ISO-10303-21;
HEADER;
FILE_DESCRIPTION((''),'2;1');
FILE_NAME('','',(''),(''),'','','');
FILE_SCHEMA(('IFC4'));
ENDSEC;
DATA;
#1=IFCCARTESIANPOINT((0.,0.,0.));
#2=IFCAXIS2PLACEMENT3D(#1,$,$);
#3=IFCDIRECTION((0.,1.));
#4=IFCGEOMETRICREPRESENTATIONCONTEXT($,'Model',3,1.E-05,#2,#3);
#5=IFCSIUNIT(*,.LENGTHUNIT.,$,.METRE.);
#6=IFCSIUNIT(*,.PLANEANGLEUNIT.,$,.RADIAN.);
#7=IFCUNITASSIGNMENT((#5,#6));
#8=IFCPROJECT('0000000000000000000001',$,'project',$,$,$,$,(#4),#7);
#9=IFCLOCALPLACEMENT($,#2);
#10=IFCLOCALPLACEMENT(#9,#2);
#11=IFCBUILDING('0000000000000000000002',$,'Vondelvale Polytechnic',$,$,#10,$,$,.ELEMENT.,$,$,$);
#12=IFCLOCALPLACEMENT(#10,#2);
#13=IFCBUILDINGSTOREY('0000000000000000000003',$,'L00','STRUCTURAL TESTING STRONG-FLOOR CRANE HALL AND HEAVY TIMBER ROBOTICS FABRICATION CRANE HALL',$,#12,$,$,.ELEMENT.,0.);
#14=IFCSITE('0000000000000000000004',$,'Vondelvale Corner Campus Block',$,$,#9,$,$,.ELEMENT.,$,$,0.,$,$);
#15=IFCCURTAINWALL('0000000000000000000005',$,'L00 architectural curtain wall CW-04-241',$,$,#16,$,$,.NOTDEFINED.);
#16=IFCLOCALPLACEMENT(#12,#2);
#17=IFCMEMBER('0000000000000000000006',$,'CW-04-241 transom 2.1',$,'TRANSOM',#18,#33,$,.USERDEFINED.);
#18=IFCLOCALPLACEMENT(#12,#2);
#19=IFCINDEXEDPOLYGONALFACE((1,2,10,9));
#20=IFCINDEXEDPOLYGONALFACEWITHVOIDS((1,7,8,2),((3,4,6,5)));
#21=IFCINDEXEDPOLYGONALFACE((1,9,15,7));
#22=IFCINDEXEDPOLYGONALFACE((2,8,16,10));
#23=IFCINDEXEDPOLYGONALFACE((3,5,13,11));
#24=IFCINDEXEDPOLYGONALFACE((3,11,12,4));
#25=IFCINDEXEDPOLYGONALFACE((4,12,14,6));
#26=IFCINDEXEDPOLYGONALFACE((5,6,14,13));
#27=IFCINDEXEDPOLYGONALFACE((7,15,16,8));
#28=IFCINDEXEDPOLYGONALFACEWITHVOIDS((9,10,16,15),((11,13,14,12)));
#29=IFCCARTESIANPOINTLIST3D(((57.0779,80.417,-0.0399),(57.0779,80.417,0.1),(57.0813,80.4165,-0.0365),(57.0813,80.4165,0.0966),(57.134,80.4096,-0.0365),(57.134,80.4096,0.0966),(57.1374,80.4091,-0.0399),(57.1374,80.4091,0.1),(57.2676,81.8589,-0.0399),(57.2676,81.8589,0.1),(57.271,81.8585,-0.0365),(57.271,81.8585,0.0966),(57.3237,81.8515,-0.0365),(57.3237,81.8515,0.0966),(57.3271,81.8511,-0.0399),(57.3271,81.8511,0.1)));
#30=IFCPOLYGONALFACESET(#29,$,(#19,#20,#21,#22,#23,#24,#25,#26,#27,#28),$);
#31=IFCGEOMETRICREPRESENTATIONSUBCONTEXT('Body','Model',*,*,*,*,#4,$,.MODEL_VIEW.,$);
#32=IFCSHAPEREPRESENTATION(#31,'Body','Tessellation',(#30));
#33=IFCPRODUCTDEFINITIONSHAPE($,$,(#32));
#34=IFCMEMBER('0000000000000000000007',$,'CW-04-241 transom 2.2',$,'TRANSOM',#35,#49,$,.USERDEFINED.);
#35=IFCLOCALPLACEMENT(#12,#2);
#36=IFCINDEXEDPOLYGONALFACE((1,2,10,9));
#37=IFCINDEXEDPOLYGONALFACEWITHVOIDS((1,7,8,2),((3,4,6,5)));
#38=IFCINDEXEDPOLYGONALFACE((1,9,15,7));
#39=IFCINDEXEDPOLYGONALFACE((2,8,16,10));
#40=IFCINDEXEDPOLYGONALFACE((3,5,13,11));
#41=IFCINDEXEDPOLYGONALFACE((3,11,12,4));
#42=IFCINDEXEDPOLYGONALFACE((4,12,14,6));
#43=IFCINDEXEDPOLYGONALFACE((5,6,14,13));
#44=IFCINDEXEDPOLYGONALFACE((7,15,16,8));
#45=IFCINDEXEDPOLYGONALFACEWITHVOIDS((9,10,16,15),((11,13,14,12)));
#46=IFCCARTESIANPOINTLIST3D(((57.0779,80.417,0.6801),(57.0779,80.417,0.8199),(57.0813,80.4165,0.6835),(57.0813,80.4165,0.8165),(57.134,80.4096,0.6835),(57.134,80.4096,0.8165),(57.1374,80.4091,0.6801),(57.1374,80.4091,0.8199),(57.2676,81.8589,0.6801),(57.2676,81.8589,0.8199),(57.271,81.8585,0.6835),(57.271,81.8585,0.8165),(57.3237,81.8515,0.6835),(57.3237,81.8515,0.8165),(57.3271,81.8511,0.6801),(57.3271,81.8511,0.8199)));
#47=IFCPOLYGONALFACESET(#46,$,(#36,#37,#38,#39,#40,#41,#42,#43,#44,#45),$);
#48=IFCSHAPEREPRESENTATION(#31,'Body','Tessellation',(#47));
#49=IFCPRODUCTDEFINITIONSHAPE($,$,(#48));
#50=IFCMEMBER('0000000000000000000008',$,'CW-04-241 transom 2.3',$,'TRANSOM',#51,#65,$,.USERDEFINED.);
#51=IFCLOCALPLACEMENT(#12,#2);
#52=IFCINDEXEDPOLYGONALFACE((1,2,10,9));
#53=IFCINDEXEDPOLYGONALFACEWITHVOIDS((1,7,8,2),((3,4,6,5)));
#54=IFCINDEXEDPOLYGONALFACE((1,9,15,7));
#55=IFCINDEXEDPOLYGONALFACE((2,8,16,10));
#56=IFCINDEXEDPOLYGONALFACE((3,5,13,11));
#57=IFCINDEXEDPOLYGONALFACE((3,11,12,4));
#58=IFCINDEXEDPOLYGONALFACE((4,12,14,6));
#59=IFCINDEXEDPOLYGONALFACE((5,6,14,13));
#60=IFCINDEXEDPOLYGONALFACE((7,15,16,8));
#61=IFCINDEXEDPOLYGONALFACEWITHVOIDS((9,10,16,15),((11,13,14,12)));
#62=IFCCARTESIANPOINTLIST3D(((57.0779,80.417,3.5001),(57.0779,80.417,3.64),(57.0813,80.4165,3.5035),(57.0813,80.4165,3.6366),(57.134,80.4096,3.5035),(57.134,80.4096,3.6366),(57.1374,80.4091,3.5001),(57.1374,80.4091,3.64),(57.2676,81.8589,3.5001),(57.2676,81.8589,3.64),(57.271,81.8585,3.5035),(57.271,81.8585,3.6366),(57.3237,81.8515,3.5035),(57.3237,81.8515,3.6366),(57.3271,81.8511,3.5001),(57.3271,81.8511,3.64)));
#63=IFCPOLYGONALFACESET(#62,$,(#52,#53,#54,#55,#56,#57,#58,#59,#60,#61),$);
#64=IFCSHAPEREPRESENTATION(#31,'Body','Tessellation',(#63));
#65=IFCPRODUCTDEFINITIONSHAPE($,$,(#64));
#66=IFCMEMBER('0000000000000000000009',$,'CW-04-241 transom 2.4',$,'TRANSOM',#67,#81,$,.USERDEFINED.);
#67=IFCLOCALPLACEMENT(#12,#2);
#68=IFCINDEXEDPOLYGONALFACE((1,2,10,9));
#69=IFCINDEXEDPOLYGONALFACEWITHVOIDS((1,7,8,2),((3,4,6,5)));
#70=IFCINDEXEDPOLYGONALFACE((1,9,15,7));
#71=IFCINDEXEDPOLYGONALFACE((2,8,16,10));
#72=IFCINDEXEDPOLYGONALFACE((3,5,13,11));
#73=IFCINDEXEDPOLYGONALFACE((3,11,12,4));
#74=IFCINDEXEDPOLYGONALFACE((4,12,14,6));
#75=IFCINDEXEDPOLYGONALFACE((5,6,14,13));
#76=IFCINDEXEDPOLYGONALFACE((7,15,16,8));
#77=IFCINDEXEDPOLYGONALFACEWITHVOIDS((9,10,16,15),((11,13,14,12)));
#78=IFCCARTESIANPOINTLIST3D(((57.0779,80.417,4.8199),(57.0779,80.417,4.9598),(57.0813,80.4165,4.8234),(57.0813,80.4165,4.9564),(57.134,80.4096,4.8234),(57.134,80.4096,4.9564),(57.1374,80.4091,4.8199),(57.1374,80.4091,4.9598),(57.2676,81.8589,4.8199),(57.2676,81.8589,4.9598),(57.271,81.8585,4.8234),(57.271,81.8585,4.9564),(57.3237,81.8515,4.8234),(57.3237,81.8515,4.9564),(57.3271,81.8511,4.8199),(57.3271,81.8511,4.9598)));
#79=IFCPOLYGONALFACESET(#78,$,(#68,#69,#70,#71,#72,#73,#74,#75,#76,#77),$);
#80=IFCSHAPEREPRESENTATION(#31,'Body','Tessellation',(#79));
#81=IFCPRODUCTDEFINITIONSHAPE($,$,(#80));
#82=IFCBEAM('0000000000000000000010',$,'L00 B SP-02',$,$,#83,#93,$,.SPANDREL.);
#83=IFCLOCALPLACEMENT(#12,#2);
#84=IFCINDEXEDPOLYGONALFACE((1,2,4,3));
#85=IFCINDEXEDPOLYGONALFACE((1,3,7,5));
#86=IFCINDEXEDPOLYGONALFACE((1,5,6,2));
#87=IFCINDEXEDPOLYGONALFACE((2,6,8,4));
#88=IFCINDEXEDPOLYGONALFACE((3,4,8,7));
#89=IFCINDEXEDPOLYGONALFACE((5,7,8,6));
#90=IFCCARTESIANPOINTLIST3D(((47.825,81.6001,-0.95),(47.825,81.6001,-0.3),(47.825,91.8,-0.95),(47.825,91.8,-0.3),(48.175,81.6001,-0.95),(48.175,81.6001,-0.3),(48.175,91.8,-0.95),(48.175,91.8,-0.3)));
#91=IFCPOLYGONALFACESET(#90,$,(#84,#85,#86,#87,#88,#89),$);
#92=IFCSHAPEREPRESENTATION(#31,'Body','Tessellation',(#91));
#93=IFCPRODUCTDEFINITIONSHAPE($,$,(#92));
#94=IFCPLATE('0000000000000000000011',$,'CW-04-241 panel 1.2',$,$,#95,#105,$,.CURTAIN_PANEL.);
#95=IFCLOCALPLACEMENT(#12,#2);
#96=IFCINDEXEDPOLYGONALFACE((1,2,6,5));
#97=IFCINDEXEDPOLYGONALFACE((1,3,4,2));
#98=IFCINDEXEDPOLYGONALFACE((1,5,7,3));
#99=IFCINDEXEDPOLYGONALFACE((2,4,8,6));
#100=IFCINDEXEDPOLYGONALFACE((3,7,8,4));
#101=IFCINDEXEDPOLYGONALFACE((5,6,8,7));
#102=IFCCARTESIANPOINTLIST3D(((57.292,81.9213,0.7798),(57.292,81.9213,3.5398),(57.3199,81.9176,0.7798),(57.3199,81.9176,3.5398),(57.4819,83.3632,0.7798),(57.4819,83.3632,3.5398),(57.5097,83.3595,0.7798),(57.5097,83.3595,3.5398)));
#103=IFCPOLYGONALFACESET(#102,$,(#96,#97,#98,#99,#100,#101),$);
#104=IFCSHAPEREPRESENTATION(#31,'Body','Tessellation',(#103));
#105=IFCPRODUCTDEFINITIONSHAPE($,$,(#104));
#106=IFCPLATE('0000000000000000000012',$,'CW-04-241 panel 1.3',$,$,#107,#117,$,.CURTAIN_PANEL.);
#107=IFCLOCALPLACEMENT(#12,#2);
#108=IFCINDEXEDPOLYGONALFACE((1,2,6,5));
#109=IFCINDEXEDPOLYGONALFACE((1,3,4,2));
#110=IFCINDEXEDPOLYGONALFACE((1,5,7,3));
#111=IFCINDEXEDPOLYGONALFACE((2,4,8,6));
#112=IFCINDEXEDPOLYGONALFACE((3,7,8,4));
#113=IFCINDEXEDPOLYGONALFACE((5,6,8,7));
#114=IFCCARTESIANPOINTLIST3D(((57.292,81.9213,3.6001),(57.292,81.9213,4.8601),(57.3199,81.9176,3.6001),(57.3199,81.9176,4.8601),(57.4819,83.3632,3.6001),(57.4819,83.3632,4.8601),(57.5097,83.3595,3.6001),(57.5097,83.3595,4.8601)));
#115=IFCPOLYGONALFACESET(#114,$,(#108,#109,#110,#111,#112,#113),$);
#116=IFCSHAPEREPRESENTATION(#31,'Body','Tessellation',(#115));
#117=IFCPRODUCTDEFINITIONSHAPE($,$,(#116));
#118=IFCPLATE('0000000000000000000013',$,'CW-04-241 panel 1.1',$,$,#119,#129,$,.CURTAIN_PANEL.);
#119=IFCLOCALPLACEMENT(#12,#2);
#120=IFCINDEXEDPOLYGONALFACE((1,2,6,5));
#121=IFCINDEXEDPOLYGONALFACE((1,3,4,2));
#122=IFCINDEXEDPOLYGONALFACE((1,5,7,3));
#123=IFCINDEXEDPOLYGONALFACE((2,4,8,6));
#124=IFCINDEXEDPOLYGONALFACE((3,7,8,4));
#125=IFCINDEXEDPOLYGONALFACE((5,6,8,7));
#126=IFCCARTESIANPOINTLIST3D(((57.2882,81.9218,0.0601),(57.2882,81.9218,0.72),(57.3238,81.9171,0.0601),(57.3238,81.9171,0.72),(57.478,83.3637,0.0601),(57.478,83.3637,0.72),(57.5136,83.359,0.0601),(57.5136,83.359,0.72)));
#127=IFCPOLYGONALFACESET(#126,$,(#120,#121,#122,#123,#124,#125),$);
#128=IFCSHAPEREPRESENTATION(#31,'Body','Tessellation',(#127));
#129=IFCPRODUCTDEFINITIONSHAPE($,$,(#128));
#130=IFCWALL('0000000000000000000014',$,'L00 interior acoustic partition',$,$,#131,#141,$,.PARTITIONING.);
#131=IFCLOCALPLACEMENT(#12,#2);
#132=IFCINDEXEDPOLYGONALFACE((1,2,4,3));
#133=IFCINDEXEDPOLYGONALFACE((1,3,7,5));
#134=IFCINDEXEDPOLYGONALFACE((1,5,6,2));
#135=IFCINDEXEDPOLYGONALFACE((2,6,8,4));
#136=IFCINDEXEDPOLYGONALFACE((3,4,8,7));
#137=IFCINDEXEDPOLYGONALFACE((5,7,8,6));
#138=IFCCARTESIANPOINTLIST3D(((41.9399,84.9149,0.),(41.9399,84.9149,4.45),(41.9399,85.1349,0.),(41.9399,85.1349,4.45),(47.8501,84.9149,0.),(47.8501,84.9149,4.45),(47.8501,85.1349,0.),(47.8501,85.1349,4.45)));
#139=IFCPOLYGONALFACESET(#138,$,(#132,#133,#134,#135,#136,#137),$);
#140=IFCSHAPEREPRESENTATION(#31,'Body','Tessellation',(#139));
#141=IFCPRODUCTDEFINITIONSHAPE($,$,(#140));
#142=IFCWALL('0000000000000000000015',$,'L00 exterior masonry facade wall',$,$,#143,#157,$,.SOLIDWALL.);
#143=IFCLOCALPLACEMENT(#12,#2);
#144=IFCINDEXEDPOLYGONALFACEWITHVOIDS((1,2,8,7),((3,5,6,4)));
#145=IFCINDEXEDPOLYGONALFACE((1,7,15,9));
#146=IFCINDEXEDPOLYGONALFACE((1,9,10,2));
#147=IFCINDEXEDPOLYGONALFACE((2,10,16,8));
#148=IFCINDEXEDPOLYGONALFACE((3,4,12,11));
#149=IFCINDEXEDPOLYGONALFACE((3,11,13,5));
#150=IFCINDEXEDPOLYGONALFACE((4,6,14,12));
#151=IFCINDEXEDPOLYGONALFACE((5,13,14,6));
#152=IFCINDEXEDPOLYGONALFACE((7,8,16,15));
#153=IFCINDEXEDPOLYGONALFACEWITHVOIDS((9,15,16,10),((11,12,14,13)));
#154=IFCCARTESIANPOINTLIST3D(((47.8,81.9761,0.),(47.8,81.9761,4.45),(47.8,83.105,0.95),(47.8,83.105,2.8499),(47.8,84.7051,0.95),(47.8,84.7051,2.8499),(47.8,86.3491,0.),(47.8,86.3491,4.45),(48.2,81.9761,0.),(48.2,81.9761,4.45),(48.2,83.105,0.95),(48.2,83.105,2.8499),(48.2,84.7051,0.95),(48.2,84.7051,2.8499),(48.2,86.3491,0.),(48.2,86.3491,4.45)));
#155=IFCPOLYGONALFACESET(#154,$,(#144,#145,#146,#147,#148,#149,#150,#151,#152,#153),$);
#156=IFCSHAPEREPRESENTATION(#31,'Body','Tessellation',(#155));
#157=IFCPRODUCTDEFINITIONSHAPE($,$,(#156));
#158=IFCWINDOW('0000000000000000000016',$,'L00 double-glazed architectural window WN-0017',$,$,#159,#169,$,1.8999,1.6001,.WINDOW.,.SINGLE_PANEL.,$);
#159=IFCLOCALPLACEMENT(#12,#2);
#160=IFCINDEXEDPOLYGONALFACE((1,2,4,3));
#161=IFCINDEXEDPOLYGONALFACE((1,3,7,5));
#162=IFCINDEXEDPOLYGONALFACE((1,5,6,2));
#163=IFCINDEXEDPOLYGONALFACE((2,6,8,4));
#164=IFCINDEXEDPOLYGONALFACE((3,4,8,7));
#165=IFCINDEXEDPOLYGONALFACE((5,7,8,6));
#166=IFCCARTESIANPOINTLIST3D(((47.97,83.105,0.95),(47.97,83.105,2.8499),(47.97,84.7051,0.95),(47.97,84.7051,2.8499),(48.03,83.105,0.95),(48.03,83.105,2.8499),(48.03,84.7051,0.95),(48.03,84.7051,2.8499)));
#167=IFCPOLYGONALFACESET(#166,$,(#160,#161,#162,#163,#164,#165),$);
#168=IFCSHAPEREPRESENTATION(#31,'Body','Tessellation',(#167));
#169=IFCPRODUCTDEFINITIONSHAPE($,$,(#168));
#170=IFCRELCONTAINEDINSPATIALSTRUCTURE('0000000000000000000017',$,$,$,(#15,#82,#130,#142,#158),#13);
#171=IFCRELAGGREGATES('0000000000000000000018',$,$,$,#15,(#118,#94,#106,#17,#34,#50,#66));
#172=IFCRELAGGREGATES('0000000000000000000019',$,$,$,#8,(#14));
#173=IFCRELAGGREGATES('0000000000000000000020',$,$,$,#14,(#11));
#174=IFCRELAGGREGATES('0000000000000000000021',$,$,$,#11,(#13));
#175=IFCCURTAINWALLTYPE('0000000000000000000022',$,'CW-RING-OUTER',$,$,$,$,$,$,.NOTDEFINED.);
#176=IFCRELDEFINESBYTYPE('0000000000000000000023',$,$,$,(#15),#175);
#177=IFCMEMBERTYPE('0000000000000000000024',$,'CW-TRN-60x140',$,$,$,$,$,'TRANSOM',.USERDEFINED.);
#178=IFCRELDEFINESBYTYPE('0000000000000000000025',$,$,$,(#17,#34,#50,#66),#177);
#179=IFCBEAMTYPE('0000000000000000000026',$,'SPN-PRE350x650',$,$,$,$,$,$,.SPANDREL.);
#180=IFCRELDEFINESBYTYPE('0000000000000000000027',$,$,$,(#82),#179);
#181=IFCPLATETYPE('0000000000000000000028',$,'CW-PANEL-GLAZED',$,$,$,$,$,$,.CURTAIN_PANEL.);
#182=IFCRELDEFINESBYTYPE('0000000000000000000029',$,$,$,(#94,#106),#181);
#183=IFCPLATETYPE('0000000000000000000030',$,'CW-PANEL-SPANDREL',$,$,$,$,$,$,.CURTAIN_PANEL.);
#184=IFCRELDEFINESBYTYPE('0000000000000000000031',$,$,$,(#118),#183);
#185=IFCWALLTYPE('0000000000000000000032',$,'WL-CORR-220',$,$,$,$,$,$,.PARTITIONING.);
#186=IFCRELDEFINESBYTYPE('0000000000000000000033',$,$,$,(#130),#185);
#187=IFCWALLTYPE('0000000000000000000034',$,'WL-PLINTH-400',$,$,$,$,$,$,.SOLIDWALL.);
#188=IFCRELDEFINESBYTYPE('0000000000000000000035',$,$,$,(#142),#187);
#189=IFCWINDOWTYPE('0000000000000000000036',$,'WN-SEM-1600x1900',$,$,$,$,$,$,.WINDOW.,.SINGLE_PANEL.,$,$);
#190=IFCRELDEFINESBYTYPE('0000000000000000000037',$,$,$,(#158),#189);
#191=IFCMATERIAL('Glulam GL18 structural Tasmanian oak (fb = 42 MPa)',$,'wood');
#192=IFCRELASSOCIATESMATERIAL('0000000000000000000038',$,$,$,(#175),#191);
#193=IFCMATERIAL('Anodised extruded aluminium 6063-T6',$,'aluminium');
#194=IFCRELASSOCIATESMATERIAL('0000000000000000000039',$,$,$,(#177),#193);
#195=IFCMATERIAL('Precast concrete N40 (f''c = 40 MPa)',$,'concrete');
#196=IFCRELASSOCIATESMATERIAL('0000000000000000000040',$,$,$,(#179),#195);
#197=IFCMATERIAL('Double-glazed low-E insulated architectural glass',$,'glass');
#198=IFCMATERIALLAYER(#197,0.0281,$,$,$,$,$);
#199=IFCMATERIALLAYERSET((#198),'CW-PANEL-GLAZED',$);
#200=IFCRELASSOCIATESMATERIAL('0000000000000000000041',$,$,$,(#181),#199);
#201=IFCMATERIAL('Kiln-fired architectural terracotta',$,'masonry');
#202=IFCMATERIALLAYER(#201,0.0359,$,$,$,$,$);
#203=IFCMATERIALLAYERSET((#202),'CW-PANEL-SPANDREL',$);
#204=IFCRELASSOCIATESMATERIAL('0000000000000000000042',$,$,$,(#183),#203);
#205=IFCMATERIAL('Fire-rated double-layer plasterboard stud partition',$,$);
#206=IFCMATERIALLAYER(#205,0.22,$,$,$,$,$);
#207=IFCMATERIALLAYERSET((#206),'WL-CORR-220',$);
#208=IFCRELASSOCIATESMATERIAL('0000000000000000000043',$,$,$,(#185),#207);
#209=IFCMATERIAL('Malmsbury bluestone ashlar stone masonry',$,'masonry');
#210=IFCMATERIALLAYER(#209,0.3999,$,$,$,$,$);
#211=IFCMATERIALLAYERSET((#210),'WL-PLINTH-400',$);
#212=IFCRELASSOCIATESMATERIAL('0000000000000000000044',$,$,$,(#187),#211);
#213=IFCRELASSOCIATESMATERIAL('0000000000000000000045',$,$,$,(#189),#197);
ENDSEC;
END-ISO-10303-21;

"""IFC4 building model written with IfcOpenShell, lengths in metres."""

from ifc_helpers import new_model, si_unit, direction, frame, frame_2d, origin, origin_2d, place, context, subcontext, project, spatial, rectangle, hollow_rectangle, extrude, material, layer, layer_set, material_profile, profile_set, type_object, element, fill, aggregate, save


model = new_model("IFC4")

# Units and contexts
model_context = context("Model", 3, precision=1e-05, world=origin(), true_north=direction((0.0, 1.0)))
body_context = subcontext(model_context, "Body", "Model", "MODEL_VIEW")
ifc_project = project(units=[si_unit("LENGTHUNIT", "METRE"), si_unit("PLANEANGLEUNIT", "RADIAN")], contexts=[model_context])

# Site, building, storey
site_placement = place(None, origin())
site = spatial("IfcSite", under=ifc_project, at=site_placement, Name="Vondelvale Corner Campus Block", CompositionType="ELEMENT", RefElevation=0.0)
building_placement = place(site_placement, origin())
building = spatial("IfcBuilding", under=site, at=building_placement, Name="Vondelvale Polytechnic", CompositionType="ELEMENT")
storey_placement = place(building_placement, origin())
storey = spatial("IfcBuildingStorey", under=building, at=storey_placement, Name="L00", Description="STRUCTURAL TESTING STRONG-FLOOR CRANE HALL AND HEAVY TIMBER ROBOTICS FABRICATION CRANE HALL", CompositionType="ELEMENT", Elevation=0.0)

# Curtain wall, members
ifc_material_1 = material(Name="Glulam GL18 structural Tasmanian oak (fb = 42 MPa)", Category="wood")
curtain_wall_type = type_object("IfcCurtainWallType", Name="CW-RING-OUTER", PredefinedType="NOTDEFINED", material=ifc_material_1)
curtain_wall_placement = place(storey_placement, origin())
curtain_wall = element("IfcCurtainWall", 1, at=curtain_wall_placement, inside=storey, type_object=curtain_wall_type, Name="L00 architectural curtain wall CW-04-241", PredefinedType="NOTDEFINED")
ifc_material_2 = material(Name="Anodised extruded aluminium 6063-T6", Category="aluminium")
ifc_material_profile_1 = material_profile(ifc_material_2, hollow_rectangle(XDim=0.0601, YDim=0.1399, WallThickness=0.0034, at=origin_2d()), Name="CW-TRN-140x60")
ifc_profile_set_1 = profile_set([ifc_material_profile_1], Name="Anodised extruded aluminium 6063-T6")
member_type_1 = type_object("IfcMemberType", Name="CW-TRN-60x140", ElementType="TRANSOM", PredefinedType="USERDEFINED", material=ifc_profile_set_1)
member_1_placement = place(storey_placement, frame((57.2974, 81.855, 0.03), z_axis=(-0.130437, -0.991457, 0.0), x_axis=(0.991457, -0.130437, 0.0)))
member_1 = element("IfcMember", 2, at=member_1_placement, type_object=member_type_1, Name="CW-04-241 transom 2.1", ObjectType="TRANSOM", PredefinedType="USERDEFINED", context=body_context, shape_type="SweptSolid", body=[
    extrude(hollow_rectangle(XDim=0.0601, YDim=0.1399, WallThickness=0.0034, at=origin_2d()), origin(), (0.0, 0.0, 1.0), 1.4543),
])
member_2_placement = place(storey_placement, frame((57.2974, 81.855, 0.75), z_axis=(-0.130437, -0.991457, 0.0), x_axis=(0.991457, -0.130437, 0.0)))
member_2 = element("IfcMember", 3, at=member_2_placement, type_object=member_type_1, Name="CW-04-241 transom 2.2", ObjectType="TRANSOM", PredefinedType="USERDEFINED", context=body_context, shape_type="SweptSolid", body=[
    extrude(hollow_rectangle(XDim=0.0601, YDim=0.1399, WallThickness=0.0034, at=origin_2d()), origin(), (0.0, 0.0, 1.0), 1.4543),
])
member_3_placement = place(storey_placement, frame((57.2974, 81.855, 3.5701), z_axis=(-0.130437, -0.991457, 0.0), x_axis=(0.991457, -0.130437, 0.0)))
member_3 = element("IfcMember", 4, at=member_3_placement, type_object=member_type_1, Name="CW-04-241 transom 2.3", ObjectType="TRANSOM", PredefinedType="USERDEFINED", context=body_context, shape_type="SweptSolid", body=[
    extrude(hollow_rectangle(XDim=0.0601, YDim=0.1399, WallThickness=0.0034, at=origin_2d()), origin(), (0.0, 0.0, 1.0), 1.4543),
])
member_4_placement = place(storey_placement, frame((57.2974, 81.855, 4.8899), z_axis=(-0.130437, -0.991457, 0.0), x_axis=(0.991457, -0.130437, 0.0)))
member_4 = element("IfcMember", 5, at=member_4_placement, type_object=member_type_1, Name="CW-04-241 transom 2.4", ObjectType="TRANSOM", PredefinedType="USERDEFINED", context=body_context, shape_type="SweptSolid", body=[
    extrude(hollow_rectangle(XDim=0.0601, YDim=0.1399, WallThickness=0.0034, at=origin_2d()), origin(), (0.0, 0.0, 1.0), 1.4543),
])

# Beam
ifc_material_3 = material(Name="Precast concrete N40 (f'c = 40 MPa)", Category="concrete")
ifc_material_profile_2 = material_profile(ifc_material_3, rectangle(XDim=0.3501, YDim=0.6499, at=origin_2d()), Name="RC-SPN-350x650")
ifc_profile_set_2 = profile_set([ifc_material_profile_2], Name="Precast concrete N40 (f'c = 40 MPa)")
beam_type = type_object("IfcBeamType", Name="SPN-PRE350x650", PredefinedType="SPANDREL", material=ifc_profile_set_2)
beam_placement = place(storey_placement, frame((48.0, 81.6001, -0.625), z_axis=(0.0, 1.0, 0.0), x_axis=(-1.0, 0.0, 0.0)))
element("IfcBeam", 6, at=beam_placement, inside=storey, type_object=beam_type, Name="L00 B SP-02", PredefinedType="SPANDREL", context=body_context, shape_type="SweptSolid", body=[
    extrude(rectangle(XDim=0.3501, YDim=0.6499, at=origin_2d()), origin(), (0.0, 0.0, 1.0), 10.2),
])

# Plates
ifc_material_4 = material(Name="Double-glazed low-E insulated architectural glass", Category="glass")
ifc_layer_1 = layer(ifc_material_4, 0.0281)
ifc_layer_set_1 = layer_set([ifc_layer_1], Name="CW-PANEL-GLAZED")
plate_type_1 = type_object("IfcPlateType", Name="CW-PANEL-GLAZED", PredefinedType="CURTAIN_PANEL", material=ifc_layer_set_1)
plate_1_placement = place(storey_placement, frame((57.4009, 82.6404, 0.7798), z_axis=(0.0, 0.0, 1.0), x_axis=(-0.130524, -0.991445, 0.0)))
plate_1 = element("IfcPlate", 7, at=plate_1_placement, type_object=plate_type_1, Name="CW-04-241 panel 1.2", PredefinedType="CURTAIN_PANEL", context=body_context, shape_type="SweptSolid", body=[
    extrude(rectangle(XDim=1.4543, YDim=0.0281, at=origin_2d()), origin(), (0.0, 0.0, 1.0), 2.76),
])
plate_2_placement = place(storey_placement, frame((57.4009, 82.6404, 3.6001), z_axis=(0.0, 0.0, 1.0), x_axis=(-0.130524, -0.991445, 0.0)))
plate_2 = element("IfcPlate", 8, at=plate_2_placement, type_object=plate_type_1, Name="CW-04-241 panel 1.3", PredefinedType="CURTAIN_PANEL", context=body_context, shape_type="SweptSolid", body=[
    extrude(rectangle(XDim=1.4543, YDim=0.0281, at=origin_2d()), origin(), (0.0, 0.0, 1.0), 1.26),
])
ifc_material_5 = material(Name="Kiln-fired architectural terracotta", Category="masonry")
ifc_layer_2 = layer(ifc_material_5, 0.0359)
ifc_layer_set_2 = layer_set([ifc_layer_2], Name="CW-PANEL-SPANDREL")
plate_type_2 = type_object("IfcPlateType", Name="CW-PANEL-SPANDREL", PredefinedType="CURTAIN_PANEL", material=ifc_layer_set_2)
plate_3_placement = place(storey_placement, frame((57.4009, 82.6404, 0.0601), z_axis=(0.0, 0.0, 1.0), x_axis=(-0.130524, -0.991445, 0.0)))
plate_3 = element("IfcPlate", 9, at=plate_3_placement, type_object=plate_type_2, Name="CW-04-241 panel 1.1", PredefinedType="CURTAIN_PANEL", context=body_context, shape_type="SweptSolid", body=[
    extrude(rectangle(XDim=1.4543, YDim=0.0359, at=origin_2d()), origin(), (0.0, 0.0, 1.0), 0.6599),
])
aggregate(curtain_wall, [plate_3, plate_1, plate_2, member_1, member_2, member_3, member_4])

# Wall
ifc_material_6 = material(Name="Fire-rated double-layer plasterboard stud partition")
ifc_layer_3 = layer(ifc_material_6, 0.22)
ifc_layer_set_3 = layer_set([ifc_layer_3], Name="WL-CORR-220")
wall_type_1 = type_object("IfcWallType", Name="WL-CORR-220", PredefinedType="PARTITIONING", material=ifc_layer_set_3)
wall_1_placement = place(storey_placement, frame((41.9399, 85.0249, 0.0), z_axis=(0.0, 0.0, 1.0), x_axis=(1.0, 0.0, 0.0)))
element("IfcWall", 10, at=wall_1_placement, inside=storey, type_object=wall_type_1, Name="L00 interior acoustic partition", PredefinedType="PARTITIONING", context=body_context, shape_type="SweptSolid", body=[
    extrude(rectangle(XDim=5.9102, YDim=0.22, at=frame_2d((2.9551, 0.0))), origin(), (0.0, 0.0, 1.0), 4.45),
])

# Wall, opening, window
ifc_material_7 = material(Name="Malmsbury bluestone ashlar stone masonry", Category="masonry")
ifc_layer_4 = layer(ifc_material_7, 0.3999)
ifc_layer_set_4 = layer_set([ifc_layer_4], Name="WL-PLINTH-400")
wall_type_2 = type_object("IfcWallType", Name="WL-PLINTH-400", PredefinedType="SOLIDWALL", material=ifc_layer_set_4)
wall_2_placement = place(storey_placement, frame((48.0, 86.3491, 0.0), z_axis=(0.0, 0.0, 1.0), x_axis=(0.0, -1.0, 0.0)))
wall_2 = element("IfcWall", 11, at=wall_2_placement, inside=storey, type_object=wall_type_2, Name="L00 exterior masonry facade wall", PredefinedType="SOLIDWALL", context=body_context, shape_type="SweptSolid", body=[
    extrude(rectangle(XDim=4.373, YDim=0.3999, at=frame_2d((2.1865, 0.0))), origin(), (0.0, 0.0, 1.0), 4.45),
])
opening_1_placement = place(wall_2_placement, frame((1.644, 0.0, 0.95)))
opening_1 = element("IfcOpeningElement", 12, at=opening_1_placement, cuts=wall_2, PredefinedType="OPENING", context=body_context, shape_type="SweptSolid", body=[
    extrude(rectangle(XDim=1.6001, YDim=1.8999, at=frame_2d((0.8, 0.95))), frame((0.0, 0.21, 0.0), z_axis=(0.0, -1.0, 0.0), x_axis=(1.0, 0.0, 0.0)), (0.0, 0.0, 1.0), 0.4199),
])
window_type = type_object("IfcWindowType", Name="WN-SEM-1600x1900", PartitioningType="SINGLE_PANEL", PredefinedType="WINDOW", material=ifc_material_4)
window_1_placement = place(opening_1_placement, origin())
window_1 = element("IfcWindow", 13, at=window_1_placement, inside=storey, type_object=window_type, Name="L00 double-glazed architectural window WN-0017", OverallHeight=1.8999, OverallWidth=1.6001, PartitioningType="SINGLE_PANEL", PredefinedType="WINDOW", context=body_context, shape_type="SweptSolid", body=[
    extrude(rectangle(XDim=1.6001, YDim=1.8999, at=frame_2d((0.8, 0.95))), frame((0.0, 0.03, 0.0), z_axis=(0.0, -1.0, 0.0), x_axis=(1.0, 0.0, 0.0)), (0.0, 0.0, 1.0), 0.0601),
])
fill(opening_1, window_1)

save(model, "model.ifc")
